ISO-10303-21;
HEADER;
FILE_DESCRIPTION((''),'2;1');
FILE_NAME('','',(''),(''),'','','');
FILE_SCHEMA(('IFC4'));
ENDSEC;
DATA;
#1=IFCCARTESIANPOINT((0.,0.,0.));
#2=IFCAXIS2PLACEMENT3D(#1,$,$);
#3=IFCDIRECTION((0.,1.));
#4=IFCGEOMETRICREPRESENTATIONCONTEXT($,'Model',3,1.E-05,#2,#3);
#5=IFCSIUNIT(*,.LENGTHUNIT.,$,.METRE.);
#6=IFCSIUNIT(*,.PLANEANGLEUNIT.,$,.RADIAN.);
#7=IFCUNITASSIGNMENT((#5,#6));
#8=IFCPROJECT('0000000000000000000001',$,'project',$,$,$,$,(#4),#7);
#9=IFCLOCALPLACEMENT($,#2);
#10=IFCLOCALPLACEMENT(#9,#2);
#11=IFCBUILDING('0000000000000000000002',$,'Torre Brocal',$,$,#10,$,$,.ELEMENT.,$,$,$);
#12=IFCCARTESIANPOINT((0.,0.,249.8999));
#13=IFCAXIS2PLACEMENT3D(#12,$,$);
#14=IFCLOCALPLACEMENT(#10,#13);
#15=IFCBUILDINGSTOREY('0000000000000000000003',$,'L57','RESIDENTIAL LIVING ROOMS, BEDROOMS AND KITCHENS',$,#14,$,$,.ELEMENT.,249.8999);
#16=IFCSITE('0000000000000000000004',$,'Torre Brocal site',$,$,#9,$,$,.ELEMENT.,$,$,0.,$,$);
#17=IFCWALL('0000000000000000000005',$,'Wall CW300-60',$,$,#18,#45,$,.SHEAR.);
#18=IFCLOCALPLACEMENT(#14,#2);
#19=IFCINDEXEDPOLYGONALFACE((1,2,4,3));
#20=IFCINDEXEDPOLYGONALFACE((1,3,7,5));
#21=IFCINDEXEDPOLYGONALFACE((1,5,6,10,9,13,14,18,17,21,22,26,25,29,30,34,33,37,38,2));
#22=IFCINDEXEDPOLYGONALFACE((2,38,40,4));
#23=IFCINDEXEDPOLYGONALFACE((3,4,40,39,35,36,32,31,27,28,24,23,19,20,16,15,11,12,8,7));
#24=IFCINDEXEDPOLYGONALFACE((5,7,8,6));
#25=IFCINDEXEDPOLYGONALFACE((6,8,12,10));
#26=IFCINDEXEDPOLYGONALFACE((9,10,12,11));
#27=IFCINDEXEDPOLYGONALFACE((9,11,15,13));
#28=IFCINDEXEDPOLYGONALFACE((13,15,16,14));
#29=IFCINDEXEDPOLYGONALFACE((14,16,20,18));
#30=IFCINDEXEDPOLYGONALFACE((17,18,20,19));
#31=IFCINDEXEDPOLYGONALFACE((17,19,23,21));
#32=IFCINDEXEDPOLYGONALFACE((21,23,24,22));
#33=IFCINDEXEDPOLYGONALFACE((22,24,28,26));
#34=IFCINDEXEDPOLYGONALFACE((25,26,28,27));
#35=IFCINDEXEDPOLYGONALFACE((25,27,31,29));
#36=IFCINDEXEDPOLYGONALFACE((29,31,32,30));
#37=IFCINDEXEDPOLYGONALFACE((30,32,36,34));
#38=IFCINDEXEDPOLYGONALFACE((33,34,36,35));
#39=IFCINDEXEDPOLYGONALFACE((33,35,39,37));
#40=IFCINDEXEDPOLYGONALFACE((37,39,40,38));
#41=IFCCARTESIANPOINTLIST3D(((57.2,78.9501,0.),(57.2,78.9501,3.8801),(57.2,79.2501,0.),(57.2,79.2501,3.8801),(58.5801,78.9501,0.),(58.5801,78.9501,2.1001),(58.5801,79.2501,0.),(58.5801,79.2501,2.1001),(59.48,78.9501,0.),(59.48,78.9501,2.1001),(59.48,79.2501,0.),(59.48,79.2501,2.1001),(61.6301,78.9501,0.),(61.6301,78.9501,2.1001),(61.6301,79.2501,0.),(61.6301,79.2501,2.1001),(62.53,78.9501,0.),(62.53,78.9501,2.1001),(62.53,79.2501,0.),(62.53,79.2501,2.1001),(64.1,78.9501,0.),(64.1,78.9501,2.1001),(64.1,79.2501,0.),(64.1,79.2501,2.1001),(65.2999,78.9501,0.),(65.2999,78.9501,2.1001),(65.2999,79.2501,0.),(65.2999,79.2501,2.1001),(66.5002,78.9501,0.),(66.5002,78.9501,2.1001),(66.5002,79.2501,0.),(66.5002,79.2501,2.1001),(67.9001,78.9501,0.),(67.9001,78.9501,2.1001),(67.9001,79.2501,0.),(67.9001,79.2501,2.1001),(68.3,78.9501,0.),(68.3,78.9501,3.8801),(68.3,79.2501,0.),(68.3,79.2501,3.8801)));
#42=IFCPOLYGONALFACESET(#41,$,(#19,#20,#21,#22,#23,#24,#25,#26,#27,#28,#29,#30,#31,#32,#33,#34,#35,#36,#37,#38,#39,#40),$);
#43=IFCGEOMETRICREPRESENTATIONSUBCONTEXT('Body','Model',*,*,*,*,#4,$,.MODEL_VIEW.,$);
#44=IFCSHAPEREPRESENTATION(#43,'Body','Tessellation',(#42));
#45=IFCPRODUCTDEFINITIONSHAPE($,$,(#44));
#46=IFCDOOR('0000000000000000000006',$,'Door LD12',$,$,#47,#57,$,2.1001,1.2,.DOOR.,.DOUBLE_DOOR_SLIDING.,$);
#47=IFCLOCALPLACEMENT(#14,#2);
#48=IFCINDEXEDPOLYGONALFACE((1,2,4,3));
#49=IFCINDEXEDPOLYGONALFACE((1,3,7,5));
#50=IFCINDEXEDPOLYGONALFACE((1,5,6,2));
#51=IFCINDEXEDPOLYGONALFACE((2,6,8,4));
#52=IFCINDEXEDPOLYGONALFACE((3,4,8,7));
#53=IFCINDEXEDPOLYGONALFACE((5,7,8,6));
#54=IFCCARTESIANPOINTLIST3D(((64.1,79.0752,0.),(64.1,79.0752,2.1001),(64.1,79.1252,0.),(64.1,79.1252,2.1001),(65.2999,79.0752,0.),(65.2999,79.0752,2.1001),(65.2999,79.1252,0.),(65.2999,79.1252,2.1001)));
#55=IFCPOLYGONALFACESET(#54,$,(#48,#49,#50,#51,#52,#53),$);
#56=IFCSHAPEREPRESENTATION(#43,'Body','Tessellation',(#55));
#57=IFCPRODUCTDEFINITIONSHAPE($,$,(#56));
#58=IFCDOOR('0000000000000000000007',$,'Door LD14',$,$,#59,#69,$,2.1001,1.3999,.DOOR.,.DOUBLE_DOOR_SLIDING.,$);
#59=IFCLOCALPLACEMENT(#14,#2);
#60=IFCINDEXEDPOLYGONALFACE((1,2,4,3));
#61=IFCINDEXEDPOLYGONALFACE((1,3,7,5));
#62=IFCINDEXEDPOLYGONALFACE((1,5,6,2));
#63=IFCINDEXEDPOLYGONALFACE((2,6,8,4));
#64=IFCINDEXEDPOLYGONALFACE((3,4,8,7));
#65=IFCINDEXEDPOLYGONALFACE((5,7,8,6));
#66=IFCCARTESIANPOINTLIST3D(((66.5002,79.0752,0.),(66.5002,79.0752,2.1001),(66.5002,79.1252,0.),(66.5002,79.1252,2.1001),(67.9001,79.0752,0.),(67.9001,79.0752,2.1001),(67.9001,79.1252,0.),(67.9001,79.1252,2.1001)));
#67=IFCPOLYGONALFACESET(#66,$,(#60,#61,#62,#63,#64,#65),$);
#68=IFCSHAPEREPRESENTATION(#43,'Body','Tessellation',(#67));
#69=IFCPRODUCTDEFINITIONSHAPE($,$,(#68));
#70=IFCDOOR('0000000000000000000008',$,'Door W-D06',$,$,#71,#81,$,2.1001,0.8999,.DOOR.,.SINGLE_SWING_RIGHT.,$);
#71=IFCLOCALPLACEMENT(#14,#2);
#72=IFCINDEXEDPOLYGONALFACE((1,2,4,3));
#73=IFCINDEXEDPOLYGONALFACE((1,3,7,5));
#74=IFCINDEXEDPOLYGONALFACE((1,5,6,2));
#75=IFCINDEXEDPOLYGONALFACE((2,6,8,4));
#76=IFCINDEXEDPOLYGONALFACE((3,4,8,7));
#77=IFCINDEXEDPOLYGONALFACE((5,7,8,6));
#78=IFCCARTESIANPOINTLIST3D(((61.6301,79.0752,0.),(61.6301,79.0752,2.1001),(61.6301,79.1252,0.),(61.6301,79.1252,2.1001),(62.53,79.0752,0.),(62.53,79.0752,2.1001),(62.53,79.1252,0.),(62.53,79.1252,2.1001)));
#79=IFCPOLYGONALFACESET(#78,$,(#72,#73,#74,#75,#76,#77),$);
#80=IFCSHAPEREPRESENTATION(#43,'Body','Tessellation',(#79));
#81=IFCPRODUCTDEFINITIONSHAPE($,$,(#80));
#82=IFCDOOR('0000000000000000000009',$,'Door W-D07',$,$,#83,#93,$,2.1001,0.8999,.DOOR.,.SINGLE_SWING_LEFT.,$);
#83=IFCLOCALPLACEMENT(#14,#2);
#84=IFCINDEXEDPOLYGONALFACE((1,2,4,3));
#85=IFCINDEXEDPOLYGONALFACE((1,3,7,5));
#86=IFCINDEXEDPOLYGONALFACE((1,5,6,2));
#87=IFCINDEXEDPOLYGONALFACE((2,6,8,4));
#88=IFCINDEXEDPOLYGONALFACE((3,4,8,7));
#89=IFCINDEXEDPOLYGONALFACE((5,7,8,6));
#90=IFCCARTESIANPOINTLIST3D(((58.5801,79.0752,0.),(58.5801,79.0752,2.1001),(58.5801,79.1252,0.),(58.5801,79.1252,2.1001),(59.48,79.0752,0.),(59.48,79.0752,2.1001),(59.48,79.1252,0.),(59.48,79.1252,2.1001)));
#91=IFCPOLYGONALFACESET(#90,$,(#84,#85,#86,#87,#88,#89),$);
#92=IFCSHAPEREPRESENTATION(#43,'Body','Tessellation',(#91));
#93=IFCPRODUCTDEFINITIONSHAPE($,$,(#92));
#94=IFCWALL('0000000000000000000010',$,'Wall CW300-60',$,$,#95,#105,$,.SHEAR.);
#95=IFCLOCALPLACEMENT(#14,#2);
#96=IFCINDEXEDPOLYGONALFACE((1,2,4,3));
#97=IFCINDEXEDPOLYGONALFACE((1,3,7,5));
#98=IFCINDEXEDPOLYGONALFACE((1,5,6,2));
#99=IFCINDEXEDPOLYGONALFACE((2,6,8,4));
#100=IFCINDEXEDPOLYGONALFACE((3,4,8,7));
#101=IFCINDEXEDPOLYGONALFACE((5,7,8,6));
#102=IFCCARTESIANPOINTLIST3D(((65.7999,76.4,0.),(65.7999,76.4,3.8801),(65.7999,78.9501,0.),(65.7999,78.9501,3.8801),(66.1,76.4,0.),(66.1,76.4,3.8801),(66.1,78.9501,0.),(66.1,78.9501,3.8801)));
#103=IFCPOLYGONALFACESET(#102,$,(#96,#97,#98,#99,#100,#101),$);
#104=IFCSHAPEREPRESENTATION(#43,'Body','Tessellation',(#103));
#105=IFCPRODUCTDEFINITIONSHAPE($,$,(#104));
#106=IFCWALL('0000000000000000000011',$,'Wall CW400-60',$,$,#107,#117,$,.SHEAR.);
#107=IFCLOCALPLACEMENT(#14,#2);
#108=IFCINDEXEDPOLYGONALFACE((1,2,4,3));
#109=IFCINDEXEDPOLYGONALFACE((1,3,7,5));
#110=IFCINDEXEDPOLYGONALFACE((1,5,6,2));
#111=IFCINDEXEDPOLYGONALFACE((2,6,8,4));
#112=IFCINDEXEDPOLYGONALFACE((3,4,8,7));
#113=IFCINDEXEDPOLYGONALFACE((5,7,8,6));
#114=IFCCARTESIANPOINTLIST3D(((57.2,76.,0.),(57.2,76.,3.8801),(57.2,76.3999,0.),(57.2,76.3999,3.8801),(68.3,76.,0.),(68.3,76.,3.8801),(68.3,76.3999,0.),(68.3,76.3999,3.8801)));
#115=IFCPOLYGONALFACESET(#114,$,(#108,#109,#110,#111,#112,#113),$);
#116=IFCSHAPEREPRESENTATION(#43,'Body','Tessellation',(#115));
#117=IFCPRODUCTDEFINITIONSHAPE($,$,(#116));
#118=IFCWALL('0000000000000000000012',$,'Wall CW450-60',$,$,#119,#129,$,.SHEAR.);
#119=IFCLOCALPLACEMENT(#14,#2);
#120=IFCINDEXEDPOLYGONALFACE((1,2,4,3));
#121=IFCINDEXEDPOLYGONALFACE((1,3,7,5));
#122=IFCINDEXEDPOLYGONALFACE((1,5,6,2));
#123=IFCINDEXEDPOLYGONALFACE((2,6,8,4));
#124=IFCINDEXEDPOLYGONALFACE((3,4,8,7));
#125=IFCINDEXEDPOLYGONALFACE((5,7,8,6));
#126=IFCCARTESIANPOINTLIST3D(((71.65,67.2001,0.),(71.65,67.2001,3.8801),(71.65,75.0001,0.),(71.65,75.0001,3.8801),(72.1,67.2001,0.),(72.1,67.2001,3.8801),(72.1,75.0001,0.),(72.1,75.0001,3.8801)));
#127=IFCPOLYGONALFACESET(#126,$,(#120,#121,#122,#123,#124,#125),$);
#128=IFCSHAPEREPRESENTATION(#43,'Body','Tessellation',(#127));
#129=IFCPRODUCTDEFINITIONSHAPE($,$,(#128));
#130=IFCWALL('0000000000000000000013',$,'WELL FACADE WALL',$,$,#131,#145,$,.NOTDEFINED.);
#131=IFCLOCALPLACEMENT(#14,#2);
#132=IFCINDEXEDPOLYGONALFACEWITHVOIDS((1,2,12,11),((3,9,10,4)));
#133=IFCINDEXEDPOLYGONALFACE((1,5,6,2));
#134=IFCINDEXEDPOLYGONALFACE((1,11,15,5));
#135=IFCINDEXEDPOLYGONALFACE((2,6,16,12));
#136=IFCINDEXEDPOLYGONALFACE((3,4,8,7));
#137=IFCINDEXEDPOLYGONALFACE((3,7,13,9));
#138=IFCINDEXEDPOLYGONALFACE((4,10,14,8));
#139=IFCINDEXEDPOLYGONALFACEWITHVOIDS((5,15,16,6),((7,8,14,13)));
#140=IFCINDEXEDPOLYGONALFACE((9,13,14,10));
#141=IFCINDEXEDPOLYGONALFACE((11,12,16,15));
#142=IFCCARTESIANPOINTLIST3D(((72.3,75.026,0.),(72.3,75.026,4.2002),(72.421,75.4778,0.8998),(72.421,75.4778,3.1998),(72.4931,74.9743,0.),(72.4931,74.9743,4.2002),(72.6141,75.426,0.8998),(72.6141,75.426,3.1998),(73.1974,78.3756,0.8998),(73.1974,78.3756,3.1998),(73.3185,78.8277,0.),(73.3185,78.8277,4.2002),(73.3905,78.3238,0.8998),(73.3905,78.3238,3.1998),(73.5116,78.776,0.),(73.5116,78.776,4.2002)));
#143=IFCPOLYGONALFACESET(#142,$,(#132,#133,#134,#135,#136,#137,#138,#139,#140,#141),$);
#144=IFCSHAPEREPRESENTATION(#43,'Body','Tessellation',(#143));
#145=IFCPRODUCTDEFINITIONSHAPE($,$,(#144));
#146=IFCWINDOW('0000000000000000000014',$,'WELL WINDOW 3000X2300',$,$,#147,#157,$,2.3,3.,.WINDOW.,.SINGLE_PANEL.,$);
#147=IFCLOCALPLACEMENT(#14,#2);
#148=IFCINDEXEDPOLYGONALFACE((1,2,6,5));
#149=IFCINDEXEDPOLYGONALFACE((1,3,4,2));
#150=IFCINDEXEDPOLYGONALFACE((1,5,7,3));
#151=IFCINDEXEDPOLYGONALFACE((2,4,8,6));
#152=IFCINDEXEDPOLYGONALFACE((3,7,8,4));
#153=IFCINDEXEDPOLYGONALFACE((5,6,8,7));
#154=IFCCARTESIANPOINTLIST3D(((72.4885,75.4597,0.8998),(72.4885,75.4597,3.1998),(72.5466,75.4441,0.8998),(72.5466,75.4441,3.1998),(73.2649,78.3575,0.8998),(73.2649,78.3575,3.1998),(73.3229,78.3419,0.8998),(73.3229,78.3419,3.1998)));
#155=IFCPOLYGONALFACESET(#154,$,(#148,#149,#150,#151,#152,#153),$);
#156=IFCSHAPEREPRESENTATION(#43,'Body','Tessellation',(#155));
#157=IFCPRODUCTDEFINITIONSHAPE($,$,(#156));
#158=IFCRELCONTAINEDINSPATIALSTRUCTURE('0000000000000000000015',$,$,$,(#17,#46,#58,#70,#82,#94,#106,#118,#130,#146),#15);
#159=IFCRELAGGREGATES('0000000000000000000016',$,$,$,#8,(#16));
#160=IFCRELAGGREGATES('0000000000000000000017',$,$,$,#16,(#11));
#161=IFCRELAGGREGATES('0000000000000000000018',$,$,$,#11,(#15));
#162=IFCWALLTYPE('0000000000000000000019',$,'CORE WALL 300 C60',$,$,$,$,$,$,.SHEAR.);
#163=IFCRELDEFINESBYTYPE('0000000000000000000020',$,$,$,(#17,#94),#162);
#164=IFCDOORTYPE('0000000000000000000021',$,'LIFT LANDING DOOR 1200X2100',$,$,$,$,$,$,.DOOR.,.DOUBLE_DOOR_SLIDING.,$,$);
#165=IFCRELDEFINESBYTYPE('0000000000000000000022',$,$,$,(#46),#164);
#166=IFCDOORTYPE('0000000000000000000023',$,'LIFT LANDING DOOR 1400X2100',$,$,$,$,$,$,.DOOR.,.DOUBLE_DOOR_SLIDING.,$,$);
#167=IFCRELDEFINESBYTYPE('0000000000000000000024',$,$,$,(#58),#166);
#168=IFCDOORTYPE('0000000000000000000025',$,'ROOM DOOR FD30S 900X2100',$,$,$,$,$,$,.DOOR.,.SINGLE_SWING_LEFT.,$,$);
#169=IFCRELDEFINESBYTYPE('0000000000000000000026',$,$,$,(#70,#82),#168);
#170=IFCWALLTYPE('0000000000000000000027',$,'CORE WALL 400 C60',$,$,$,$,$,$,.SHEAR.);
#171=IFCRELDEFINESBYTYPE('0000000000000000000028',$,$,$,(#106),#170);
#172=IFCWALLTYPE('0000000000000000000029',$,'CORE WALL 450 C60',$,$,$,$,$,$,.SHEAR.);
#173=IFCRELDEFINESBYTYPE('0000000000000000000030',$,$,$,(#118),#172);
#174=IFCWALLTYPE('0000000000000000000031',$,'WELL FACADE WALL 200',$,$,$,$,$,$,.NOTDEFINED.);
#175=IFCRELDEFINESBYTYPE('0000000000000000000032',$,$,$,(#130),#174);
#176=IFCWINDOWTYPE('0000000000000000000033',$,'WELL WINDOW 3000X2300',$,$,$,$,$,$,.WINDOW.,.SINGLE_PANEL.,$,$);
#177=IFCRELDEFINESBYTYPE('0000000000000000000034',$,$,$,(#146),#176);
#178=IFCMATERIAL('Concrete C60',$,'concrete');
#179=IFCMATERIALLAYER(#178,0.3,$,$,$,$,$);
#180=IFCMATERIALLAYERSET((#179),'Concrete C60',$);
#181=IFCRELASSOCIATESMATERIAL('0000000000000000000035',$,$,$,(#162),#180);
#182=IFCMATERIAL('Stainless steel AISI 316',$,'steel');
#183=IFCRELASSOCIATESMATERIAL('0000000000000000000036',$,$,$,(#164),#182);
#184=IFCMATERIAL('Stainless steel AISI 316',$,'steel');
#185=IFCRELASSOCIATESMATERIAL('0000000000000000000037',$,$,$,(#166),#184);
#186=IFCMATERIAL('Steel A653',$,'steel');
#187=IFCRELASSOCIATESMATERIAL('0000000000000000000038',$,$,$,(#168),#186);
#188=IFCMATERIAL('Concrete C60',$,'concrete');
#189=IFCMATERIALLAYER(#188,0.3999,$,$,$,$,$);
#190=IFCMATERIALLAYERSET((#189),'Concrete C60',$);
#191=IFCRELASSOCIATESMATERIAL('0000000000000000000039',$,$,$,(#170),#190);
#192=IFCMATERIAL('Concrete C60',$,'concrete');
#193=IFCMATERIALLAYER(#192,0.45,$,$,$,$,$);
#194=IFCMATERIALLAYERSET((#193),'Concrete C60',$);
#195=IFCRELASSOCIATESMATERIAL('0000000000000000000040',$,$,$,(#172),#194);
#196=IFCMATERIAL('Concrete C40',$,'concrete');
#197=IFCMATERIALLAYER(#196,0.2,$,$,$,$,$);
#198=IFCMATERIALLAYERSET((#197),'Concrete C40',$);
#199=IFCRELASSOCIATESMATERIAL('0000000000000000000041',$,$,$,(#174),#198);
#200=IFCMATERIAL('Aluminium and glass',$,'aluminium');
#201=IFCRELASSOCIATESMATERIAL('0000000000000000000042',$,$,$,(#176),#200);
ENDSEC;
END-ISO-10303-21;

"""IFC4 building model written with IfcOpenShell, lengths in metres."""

from ifc_helpers import new_model, si_unit, direction, frame, frame_2d, origin, place, context, subcontext, project, spatial, rectangle, extrude, material, layer, layer_set, type_object, element, fill, save


model = new_model("IFC4")

# Units and contexts
model_context = context("Model", 3, precision=1e-05, world=origin(), true_north=direction((0.0, 1.0)))
body_context = subcontext(model_context, "Body", "Model", "MODEL_VIEW")
ifc_project = project(units=[si_unit("LENGTHUNIT", "METRE"), si_unit("PLANEANGLEUNIT", "RADIAN")], contexts=[model_context])

# Site, building, storey
site_placement = place(None, origin())
site = spatial("IfcSite", under=ifc_project, at=site_placement, Name="Torre Brocal site", CompositionType="ELEMENT", RefElevation=0.0)
building_placement = place(site_placement, origin())
building = spatial("IfcBuilding", under=site, at=building_placement, Name="Torre Brocal", CompositionType="ELEMENT")
storey_placement = place(building_placement, frame((0.0, 0.0, 249.8999)))
storey = spatial("IfcBuildingStorey", under=building, at=storey_placement, Name="L57", Description="RESIDENTIAL LIVING ROOMS, BEDROOMS AND KITCHENS", CompositionType="ELEMENT", Elevation=249.8999)

# Shared definitions
ifc_material_1 = material(Name="Concrete C60", Category="concrete")
ifc_layer_1 = layer(ifc_material_1, 0.3)
ifc_layer_set_1 = layer_set([ifc_layer_1], Name="Concrete C60")
wall_type_1 = type_object("IfcWallType", Name="CORE WALL 300 C60", PredefinedType="SHEAR", material=ifc_layer_set_1)

# Wall, openings, doors
wall_1_placement = place(storey_placement, frame((68.3, 79.1001, 0.0), z_axis=(0.0, 0.0, 1.0), x_axis=(-1.0, 0.0, 0.0)))
wall_1 = element("IfcWall", 1, at=wall_1_placement, inside=storey, type_object=wall_type_1, Name="Wall CW300-60", PredefinedType="SHEAR", context=body_context, shape_type="SweptSolid", body=[
    extrude(rectangle(XDim=11.1001, YDim=0.3, at=frame_2d((5.55, 0.0))), origin(), (0.0, 0.0, 1.0), 3.8801),
])
opening_1_placement = place(wall_1_placement, frame((0.3999, 0.0, 0.0)))
opening_1 = element("IfcOpeningElement", 2, at=opening_1_placement, cuts=wall_1, PredefinedType="OPENING", context=body_context, shape_type="SweptSolid", body=[
    extrude(rectangle(XDim=1.3999, YDim=2.1001, at=frame_2d((0.7, 1.05))), frame((0.0, 0.1599, 0.0), z_axis=(0.0, -1.0, 0.0), x_axis=(1.0, 0.0, 0.0)), (0.0, 0.0, 1.0), 0.3201),
])
opening_2_placement = place(wall_1_placement, frame((3.0, 0.0, 0.0)))
opening_2 = element("IfcOpeningElement", 3, at=opening_2_placement, cuts=wall_1, PredefinedType="OPENING", context=body_context, shape_type="SweptSolid", body=[
    extrude(rectangle(XDim=1.2, YDim=2.1001, at=frame_2d((0.6001, 1.05))), frame((0.0, 0.1599, 0.0), z_axis=(0.0, -1.0, 0.0), x_axis=(1.0, 0.0, 0.0)), (0.0, 0.0, 1.0), 0.3201),
])
opening_3_placement = place(wall_1_placement, frame((5.77, 0.0, 0.0)))
opening_3 = element("IfcOpeningElement", 4, at=opening_3_placement, cuts=wall_1, PredefinedType="OPENING", context=body_context, shape_type="SweptSolid", body=[
    extrude(rectangle(XDim=0.8999, YDim=2.1001, at=frame_2d((0.45, 1.05))), frame((0.0, 0.1599, 0.0), z_axis=(0.0, -1.0, 0.0), x_axis=(1.0, 0.0, 0.0)), (0.0, 0.0, 1.0), 0.3201),
])
opening_4_placement = place(wall_1_placement, frame((8.8201, 0.0, 0.0)))
opening_4 = element("IfcOpeningElement", 5, at=opening_4_placement, cuts=wall_1, PredefinedType="OPENING", context=body_context, shape_type="SweptSolid", body=[
    extrude(rectangle(XDim=0.8999, YDim=2.1001, at=frame_2d((0.45, 1.05))), frame((0.0, 0.1599, 0.0), z_axis=(0.0, -1.0, 0.0), x_axis=(1.0, 0.0, 0.0)), (0.0, 0.0, 1.0), 0.3201),
])
ifc_material_2 = material(Name="Stainless steel AISI 316", Category="steel")
door_type_1 = type_object("IfcDoorType", Name="LIFT LANDING DOOR 1200X2100", OperationType="DOUBLE_DOOR_SLIDING", PredefinedType="DOOR", material=ifc_material_2)
door_1_placement = place(opening_2_placement, origin())
door_1 = element("IfcDoor", 6, at=door_1_placement, inside=storey, type_object=door_type_1, Name="Door LD12", OperationType="DOUBLE_DOOR_SLIDING", OverallHeight=2.1001, OverallWidth=1.2, PredefinedType="DOOR", context=body_context, shape_type="SweptSolid", body=[
    extrude(rectangle(XDim=1.2, YDim=2.1001, at=frame_2d((0.6001, 1.05))), frame((0.0, 0.0249, 0.0), z_axis=(0.0, -1.0, 0.0), x_axis=(1.0, 0.0, 0.0)), (0.0, 0.0, 1.0), 0.05),
])
fill(opening_2, door_1)
ifc_material_3 = material(Name="Stainless steel AISI 316", Category="steel")
door_type_2 = type_object("IfcDoorType", Name="LIFT LANDING DOOR 1400X2100", OperationType="DOUBLE_DOOR_SLIDING", PredefinedType="DOOR", material=ifc_material_3)
door_2_placement = place(opening_1_placement, origin())
door_2 = element("IfcDoor", 7, at=door_2_placement, inside=storey, type_object=door_type_2, Name="Door LD14", OperationType="DOUBLE_DOOR_SLIDING", OverallHeight=2.1001, OverallWidth=1.3999, PredefinedType="DOOR", context=body_context, shape_type="SweptSolid", body=[
    extrude(rectangle(XDim=1.3999, YDim=2.1001, at=frame_2d((0.7, 1.05))), frame((0.0, 0.0249, 0.0), z_axis=(0.0, -1.0, 0.0), x_axis=(1.0, 0.0, 0.0)), (0.0, 0.0, 1.0), 0.05),
])
fill(opening_1, door_2)
ifc_material_4 = material(Name="Steel A653", Category="steel")
door_type_3 = type_object("IfcDoorType", Name="ROOM DOOR FD30S 900X2100", OperationType="SINGLE_SWING_LEFT", PredefinedType="DOOR", material=ifc_material_4)
door_3_placement = place(opening_3_placement, origin())
door_3 = element("IfcDoor", 8, at=door_3_placement, inside=storey, type_object=door_type_3, Name="Door W-D06", OperationType="SINGLE_SWING_RIGHT", OverallHeight=2.1001, OverallWidth=0.8999, PredefinedType="DOOR", context=body_context, shape_type="SweptSolid", body=[
    extrude(rectangle(XDim=0.8999, YDim=2.1001, at=frame_2d((0.45, 1.05))), frame((0.0, 0.0249, 0.0), z_axis=(0.0, -1.0, 0.0), x_axis=(1.0, 0.0, 0.0)), (0.0, 0.0, 1.0), 0.05),
])
fill(opening_3, door_3)
door_4_placement = place(opening_4_placement, origin())
door_4 = element("IfcDoor", 9, at=door_4_placement, inside=storey, type_object=door_type_3, Name="Door W-D07", OperationType="SINGLE_SWING_LEFT", OverallHeight=2.1001, OverallWidth=0.8999, PredefinedType="DOOR", context=body_context, shape_type="SweptSolid", body=[
    extrude(rectangle(XDim=0.8999, YDim=2.1001, at=frame_2d((0.45, 1.05))), frame((0.0, 0.0249, 0.0), z_axis=(0.0, -1.0, 0.0), x_axis=(1.0, 0.0, 0.0)), (0.0, 0.0, 1.0), 0.05),
])
fill(opening_4, door_4)

# Walls
wall_2_placement = place(storey_placement, frame((65.95, 78.95, 0.0), z_axis=(0.0, 0.0, 1.0), x_axis=(0.0, -1.0, 0.0)))
element("IfcWall", 10, at=wall_2_placement, inside=storey, type_object=wall_type_1, Name="Wall CW300-60", PredefinedType="SHEAR", context=body_context, shape_type="SweptSolid", body=[
    extrude(rectangle(XDim=2.55, YDim=0.3, at=frame_2d((1.2749, 0.0))), origin(), (0.0, 0.0, 1.0), 3.8801),
])
ifc_material_5 = material(Name="Concrete C60", Category="concrete")
ifc_layer_2 = layer(ifc_material_5, 0.3999)
ifc_layer_set_2 = layer_set([ifc_layer_2], Name="Concrete C60")
wall_type_2 = type_object("IfcWallType", Name="CORE WALL 400 C60", PredefinedType="SHEAR", material=ifc_layer_set_2)
wall_3_placement = place(storey_placement, frame((68.3, 76.2, 0.0), z_axis=(0.0, 0.0, 1.0), x_axis=(-1.0, 0.0, 0.0)))
element("IfcWall", 11, at=wall_3_placement, inside=storey, type_object=wall_type_2, Name="Wall CW400-60", PredefinedType="SHEAR", context=body_context, shape_type="SweptSolid", body=[
    extrude(rectangle(XDim=11.1001, YDim=0.3999, at=frame_2d((5.55, 0.0))), origin(), (0.0, 0.0, 1.0), 3.8801),
])
ifc_material_6 = material(Name="Concrete C60", Category="concrete")
ifc_layer_3 = layer(ifc_material_6, 0.45)
ifc_layer_set_3 = layer_set([ifc_layer_3], Name="Concrete C60")
wall_type_3 = type_object("IfcWallType", Name="CORE WALL 450 C60", PredefinedType="SHEAR", material=ifc_layer_set_3)
wall_4_placement = place(storey_placement, frame((71.875, 75.0, 0.0), z_axis=(0.0, 0.0, 1.0), x_axis=(0.0, -1.0, 0.0)))
element("IfcWall", 12, at=wall_4_placement, inside=storey, type_object=wall_type_3, Name="Wall CW450-60", PredefinedType="SHEAR", context=body_context, shape_type="SweptSolid", body=[
    extrude(rectangle(XDim=7.8, YDim=0.45, at=frame_2d((3.8999, 0.0))), origin(), (0.0, 0.0, 1.0), 3.8801),
])

# Wall, opening, window
ifc_material_7 = material(Name="Concrete C40", Category="concrete")
ifc_layer_4 = layer(ifc_material_7, 0.2)
ifc_layer_set_4 = layer_set([ifc_layer_4], Name="Concrete C40")
wall_type_4 = type_object("IfcWallType", Name="WELL FACADE WALL 200", PredefinedType="NOTDEFINED", material=ifc_layer_set_4)
wall_5_placement = place(storey_placement, frame((73.415, 78.8018, 0.0), z_axis=(0.0, 0.0, 1.0), x_axis=(-0.25879, -0.965934, 0.0)))
wall_5 = element("IfcWall", 13, at=wall_5_placement, inside=storey, type_object=wall_type_4, Name="WELL FACADE WALL", PredefinedType="NOTDEFINED", context=body_context, shape_type="SweptSolid", body=[
    extrude(rectangle(XDim=3.9358, YDim=0.2, at=frame_2d((1.9678, 0.0))), origin(), (0.0, 0.0, 1.0), 4.2002),
])
opening_5_placement = place(wall_5_placement, frame((0.468, 0.0, 0.8999)))
opening_5 = element("IfcOpeningElement", 14, at=opening_5_placement, cuts=wall_5, PredefinedType="OPENING", context=body_context, shape_type="SweptSolid", body=[
    extrude(rectangle(XDim=3.0, YDim=2.3, at=frame_2d((1.5, 1.1499))), frame((0.0, 0.1099, 0.0), z_axis=(0.0, -1.0, 0.0), x_axis=(1.0, 0.0, 0.0)), (0.0, 0.0, 1.0), 0.22),
])
ifc_material_8 = material(Name="Aluminium and glass", Category="aluminium")
window_type = type_object("IfcWindowType", Name="WELL WINDOW 3000X2300", PartitioningType="SINGLE_PANEL", PredefinedType="WINDOW", material=ifc_material_8)
window_1_placement = place(opening_5_placement, origin())
window_1 = element("IfcWindow", 15, at=window_1_placement, inside=storey, type_object=window_type, Name="WELL WINDOW 3000X2300", OverallHeight=2.3, OverallWidth=3.0, PartitioningType="SINGLE_PANEL", PredefinedType="WINDOW", context=body_context, shape_type="SweptSolid", body=[
    extrude(rectangle(XDim=3.0, YDim=2.3, at=frame_2d((1.5, 1.1499))), frame((0.0, 0.03, 0.0), z_axis=(0.0, -1.0, 0.0), x_axis=(1.0, 0.0, 0.0)), (0.0, 0.0, 1.0), 0.0601),
])
fill(opening_5, window_1)

save(model, "model.ifc")
